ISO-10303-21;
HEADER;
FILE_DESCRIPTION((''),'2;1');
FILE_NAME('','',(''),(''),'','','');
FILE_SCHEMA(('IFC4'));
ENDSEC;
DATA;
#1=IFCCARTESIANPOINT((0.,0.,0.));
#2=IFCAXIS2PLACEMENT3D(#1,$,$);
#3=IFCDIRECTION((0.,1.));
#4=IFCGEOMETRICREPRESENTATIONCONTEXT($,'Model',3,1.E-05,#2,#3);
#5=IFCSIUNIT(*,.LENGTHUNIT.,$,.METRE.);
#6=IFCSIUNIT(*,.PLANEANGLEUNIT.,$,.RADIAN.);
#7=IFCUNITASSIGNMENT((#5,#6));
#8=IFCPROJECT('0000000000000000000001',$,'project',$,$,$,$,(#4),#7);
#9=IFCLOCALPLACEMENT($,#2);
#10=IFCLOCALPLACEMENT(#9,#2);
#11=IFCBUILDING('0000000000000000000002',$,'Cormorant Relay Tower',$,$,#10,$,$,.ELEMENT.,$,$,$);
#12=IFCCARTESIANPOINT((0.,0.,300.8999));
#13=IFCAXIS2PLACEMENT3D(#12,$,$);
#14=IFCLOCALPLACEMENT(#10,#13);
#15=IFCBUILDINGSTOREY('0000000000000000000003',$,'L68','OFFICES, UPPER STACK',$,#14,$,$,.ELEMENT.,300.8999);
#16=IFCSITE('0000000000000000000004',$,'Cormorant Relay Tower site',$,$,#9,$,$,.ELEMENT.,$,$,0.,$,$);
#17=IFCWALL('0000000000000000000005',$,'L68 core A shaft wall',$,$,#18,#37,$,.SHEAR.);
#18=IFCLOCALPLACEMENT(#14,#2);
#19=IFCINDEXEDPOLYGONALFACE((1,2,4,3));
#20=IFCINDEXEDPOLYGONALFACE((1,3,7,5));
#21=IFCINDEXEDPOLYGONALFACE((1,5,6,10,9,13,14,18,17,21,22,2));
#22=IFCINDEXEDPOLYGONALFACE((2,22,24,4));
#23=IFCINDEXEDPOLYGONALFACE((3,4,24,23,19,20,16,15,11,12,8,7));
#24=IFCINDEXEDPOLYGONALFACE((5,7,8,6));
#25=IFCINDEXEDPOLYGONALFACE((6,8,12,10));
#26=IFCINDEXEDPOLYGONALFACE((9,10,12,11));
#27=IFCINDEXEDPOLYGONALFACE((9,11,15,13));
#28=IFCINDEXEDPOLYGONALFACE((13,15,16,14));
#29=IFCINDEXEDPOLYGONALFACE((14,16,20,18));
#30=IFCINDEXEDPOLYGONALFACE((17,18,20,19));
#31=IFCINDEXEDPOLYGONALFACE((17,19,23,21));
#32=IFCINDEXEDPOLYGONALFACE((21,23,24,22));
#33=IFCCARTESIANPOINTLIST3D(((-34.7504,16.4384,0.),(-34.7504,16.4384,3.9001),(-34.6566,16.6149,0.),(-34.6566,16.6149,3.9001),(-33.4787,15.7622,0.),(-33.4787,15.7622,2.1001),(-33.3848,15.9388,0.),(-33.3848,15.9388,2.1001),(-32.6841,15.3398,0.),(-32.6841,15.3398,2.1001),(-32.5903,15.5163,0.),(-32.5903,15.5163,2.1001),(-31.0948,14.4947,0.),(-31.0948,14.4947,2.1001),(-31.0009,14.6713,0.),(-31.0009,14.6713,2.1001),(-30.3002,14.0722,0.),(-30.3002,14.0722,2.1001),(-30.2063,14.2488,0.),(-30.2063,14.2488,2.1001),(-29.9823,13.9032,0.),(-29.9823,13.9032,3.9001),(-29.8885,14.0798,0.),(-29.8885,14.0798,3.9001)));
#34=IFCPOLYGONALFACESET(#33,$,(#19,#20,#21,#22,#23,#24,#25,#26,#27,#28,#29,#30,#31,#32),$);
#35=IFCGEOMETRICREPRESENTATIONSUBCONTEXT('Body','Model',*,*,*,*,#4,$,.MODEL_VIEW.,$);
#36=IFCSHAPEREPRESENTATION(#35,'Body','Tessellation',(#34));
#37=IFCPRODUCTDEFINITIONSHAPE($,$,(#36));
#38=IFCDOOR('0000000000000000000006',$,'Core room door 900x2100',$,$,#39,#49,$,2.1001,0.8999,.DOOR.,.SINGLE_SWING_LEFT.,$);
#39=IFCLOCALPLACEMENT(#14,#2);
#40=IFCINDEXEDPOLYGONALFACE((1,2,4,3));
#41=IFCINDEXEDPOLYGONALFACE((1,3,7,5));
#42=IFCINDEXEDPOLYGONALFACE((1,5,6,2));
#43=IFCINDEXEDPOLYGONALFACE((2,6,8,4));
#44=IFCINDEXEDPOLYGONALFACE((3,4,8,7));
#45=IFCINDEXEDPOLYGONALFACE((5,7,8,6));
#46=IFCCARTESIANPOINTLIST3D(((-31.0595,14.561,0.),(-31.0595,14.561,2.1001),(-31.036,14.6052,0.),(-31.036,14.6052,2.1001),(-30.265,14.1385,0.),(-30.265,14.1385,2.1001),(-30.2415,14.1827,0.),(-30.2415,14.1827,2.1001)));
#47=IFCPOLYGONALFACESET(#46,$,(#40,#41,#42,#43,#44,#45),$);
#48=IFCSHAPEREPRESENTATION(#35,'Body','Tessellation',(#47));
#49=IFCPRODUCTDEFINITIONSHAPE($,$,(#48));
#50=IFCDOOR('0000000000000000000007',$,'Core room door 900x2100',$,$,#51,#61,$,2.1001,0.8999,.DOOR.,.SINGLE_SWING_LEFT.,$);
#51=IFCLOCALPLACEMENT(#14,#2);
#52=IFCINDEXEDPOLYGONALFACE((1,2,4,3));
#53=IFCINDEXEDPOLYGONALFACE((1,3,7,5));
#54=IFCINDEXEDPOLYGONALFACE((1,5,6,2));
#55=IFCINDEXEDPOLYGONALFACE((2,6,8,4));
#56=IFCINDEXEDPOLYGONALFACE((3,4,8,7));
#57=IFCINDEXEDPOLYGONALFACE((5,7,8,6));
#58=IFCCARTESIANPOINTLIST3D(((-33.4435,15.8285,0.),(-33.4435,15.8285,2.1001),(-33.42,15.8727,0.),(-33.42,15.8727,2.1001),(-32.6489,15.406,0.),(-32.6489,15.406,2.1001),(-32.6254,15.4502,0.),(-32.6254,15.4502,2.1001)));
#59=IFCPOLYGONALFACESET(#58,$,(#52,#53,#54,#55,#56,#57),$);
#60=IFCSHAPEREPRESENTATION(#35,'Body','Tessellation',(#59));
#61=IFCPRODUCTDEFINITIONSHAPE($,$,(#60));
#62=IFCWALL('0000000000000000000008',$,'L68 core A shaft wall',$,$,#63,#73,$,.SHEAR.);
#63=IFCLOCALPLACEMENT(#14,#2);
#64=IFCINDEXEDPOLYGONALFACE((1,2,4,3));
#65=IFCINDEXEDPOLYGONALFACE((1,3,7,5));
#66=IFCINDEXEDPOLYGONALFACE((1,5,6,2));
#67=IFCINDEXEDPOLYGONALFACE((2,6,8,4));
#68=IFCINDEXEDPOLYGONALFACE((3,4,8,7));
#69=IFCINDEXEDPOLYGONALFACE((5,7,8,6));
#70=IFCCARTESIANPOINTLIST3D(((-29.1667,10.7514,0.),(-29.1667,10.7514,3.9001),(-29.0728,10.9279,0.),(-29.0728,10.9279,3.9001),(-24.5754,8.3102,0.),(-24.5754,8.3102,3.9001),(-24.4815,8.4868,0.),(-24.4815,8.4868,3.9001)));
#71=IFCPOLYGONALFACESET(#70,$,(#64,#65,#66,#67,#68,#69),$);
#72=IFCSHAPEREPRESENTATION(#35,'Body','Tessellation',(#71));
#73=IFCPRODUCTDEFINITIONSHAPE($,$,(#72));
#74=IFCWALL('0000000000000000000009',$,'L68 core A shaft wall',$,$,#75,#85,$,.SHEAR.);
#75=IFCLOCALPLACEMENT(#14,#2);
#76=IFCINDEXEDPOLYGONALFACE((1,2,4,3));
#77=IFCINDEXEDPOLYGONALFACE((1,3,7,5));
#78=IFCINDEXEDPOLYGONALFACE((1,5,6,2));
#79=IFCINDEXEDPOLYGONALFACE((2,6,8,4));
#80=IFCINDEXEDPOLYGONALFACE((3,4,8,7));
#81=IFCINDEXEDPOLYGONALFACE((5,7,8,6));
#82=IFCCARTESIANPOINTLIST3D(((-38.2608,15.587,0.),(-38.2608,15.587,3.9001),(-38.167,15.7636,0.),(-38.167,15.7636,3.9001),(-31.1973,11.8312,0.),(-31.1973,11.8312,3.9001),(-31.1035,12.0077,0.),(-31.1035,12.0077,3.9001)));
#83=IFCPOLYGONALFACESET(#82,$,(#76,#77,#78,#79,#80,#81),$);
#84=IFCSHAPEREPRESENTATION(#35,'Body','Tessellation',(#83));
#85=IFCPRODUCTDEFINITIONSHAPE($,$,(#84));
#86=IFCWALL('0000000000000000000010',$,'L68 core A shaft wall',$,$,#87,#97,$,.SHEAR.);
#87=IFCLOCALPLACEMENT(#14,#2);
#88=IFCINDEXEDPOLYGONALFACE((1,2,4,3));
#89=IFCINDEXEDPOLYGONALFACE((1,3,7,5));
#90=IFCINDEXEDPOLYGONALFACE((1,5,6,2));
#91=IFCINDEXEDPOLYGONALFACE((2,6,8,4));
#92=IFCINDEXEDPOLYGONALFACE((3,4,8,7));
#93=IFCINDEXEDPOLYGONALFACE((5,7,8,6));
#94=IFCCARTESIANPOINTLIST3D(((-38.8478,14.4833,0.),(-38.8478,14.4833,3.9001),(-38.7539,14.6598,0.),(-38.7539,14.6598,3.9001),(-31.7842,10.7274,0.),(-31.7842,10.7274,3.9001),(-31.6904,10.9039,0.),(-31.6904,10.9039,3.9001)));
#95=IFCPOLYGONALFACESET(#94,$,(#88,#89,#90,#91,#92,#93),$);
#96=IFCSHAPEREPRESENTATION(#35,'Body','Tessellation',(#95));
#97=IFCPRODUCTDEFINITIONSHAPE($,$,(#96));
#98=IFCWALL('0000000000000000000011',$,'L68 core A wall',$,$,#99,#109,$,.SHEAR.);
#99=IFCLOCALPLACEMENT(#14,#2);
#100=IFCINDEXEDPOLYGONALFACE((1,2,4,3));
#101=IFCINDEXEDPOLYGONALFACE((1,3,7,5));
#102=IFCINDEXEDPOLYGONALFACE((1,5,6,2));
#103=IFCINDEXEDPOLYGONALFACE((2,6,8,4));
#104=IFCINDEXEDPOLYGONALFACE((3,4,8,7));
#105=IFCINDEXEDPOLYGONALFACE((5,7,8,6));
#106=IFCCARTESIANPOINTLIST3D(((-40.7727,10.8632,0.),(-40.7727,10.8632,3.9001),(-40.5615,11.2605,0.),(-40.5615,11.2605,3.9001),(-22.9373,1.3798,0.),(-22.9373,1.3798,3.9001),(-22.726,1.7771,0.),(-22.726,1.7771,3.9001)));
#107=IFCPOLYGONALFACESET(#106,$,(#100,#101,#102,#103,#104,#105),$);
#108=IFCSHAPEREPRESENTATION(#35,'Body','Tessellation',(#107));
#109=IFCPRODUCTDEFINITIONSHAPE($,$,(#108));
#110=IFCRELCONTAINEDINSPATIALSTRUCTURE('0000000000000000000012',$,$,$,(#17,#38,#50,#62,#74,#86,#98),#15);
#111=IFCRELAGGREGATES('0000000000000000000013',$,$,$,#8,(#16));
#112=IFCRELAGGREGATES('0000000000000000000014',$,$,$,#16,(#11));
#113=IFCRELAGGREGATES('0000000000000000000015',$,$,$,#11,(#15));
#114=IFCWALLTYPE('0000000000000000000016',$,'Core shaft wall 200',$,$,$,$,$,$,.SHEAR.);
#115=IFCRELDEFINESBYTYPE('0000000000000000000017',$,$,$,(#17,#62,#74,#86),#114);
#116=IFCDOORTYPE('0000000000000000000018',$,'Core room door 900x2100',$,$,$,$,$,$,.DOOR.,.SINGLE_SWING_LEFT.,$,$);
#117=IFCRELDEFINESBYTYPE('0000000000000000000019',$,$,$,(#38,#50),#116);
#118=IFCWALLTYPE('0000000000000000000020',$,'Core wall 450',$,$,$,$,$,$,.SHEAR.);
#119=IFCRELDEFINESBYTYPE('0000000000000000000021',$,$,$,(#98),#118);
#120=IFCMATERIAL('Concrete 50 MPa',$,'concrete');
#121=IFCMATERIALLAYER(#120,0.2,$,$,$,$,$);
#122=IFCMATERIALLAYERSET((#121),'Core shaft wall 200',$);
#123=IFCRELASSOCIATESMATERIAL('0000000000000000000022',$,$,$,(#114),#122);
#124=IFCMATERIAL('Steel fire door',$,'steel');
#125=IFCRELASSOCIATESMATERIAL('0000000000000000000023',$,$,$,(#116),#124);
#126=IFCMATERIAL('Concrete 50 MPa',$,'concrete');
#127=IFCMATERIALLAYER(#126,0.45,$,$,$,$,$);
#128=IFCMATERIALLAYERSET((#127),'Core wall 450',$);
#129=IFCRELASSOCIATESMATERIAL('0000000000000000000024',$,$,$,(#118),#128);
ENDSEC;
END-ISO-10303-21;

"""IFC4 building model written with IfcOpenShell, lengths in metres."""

from ifc_helpers import new_model, si_unit, direction, frame, frame_2d, origin, place, context, subcontext, project, spatial, rectangle, extrude, material, layer, layer_set, type_object, element, fill, save


model = new_model("IFC4")

# Units and contexts
model_context = context("Model", 3, precision=1e-05, world=origin(), true_north=direction((0.0, 1.0)))
body_context = subcontext(model_context, "Body", "Model", "MODEL_VIEW")
ifc_project = project(units=[si_unit("LENGTHUNIT", "METRE"), si_unit("PLANEANGLEUNIT", "RADIAN")], contexts=[model_context])

# Site, building, storey
site_placement = place(None, origin())
site = spatial("IfcSite", under=ifc_project, at=site_placement, Name="Cormorant Relay Tower site", CompositionType="ELEMENT", RefElevation=0.0)
building_placement = place(site_placement, origin())
building = spatial("IfcBuilding", under=site, at=building_placement, Name="Cormorant Relay Tower", CompositionType="ELEMENT")
storey_placement = place(building_placement, frame((0.0, 0.0, 300.8999)))
storey = spatial("IfcBuildingStorey", under=building, at=storey_placement, Name="L68", Description="OFFICES, UPPER STACK", CompositionType="ELEMENT", Elevation=300.8999)

# Shared definitions
ifc_material_1 = material(Name="Concrete 50 MPa", Category="concrete")
ifc_layer_1 = layer(ifc_material_1, 0.2)
ifc_layer_set_1 = layer_set([ifc_layer_1], Name="Core shaft wall 200")
wall_type_1 = type_object("IfcWallType", Name="Core shaft wall 200", PredefinedType="SHEAR", material=ifc_layer_set_1)

# Shared definitions
ifc_material_2 = material(Name="Steel fire door", Category="steel")
door_type_1 = type_object("IfcDoorType", Name="Core room door 900x2100", OperationType="SINGLE_SWING_LEFT", PredefinedType="DOOR", material=ifc_material_2)

# Wall, openings, doors
wall_1_placement = place(storey_placement, frame((-29.9353, 13.9915, 0.0), z_axis=(0.0, 0.0, 1.0), x_axis=(-0.882953, 0.469462, 0.0)))
wall_1 = element("IfcWall", 1, at=wall_1_placement, inside=storey, type_object=wall_type_1, Name="L68 core A shaft wall", PredefinedType="SHEAR", context=body_context, shape_type="SweptSolid", body=[
    extrude(rectangle(XDim=5.4001, YDim=0.2, at=frame_2d((2.7002, 0.0))), origin(), (0.0, 0.0, 1.0), 3.9001),
])
opening_1_placement = place(wall_1_placement, frame((0.3601, 0.0, 0.0)))
opening_1 = element("IfcOpeningElement", 2, at=opening_1_placement, cuts=wall_1, PredefinedType="OPENING", context=body_context, shape_type="SweptSolid", body=[
    extrude(rectangle(XDim=0.8999, YDim=2.1001, at=frame_2d((0.45, 1.05))), frame((0.0, 0.1099, 0.0), z_axis=(0.0, -1.0, 0.0), x_axis=(1.0, 0.0, 0.0)), (0.0, 0.0, 1.0), 0.22),
])
opening_2_placement = place(wall_1_placement, frame((3.0601, 0.0, 0.0)))
opening_2 = element("IfcOpeningElement", 3, at=opening_2_placement, cuts=wall_1, PredefinedType="OPENING", context=body_context, shape_type="SweptSolid", body=[
    extrude(rectangle(XDim=0.8999, YDim=2.1001, at=frame_2d((0.45, 1.05))), frame((0.0, 0.1099, 0.0), z_axis=(0.0, -1.0, 0.0), x_axis=(1.0, 0.0, 0.0)), (0.0, 0.0, 1.0), 0.22),
])
door_1_placement = place(opening_1_placement, origin())
door_1 = element("IfcDoor", 4, at=door_1_placement, inside=storey, type_object=door_type_1, Name="Core room door 900x2100", OperationType="SINGLE_SWING_LEFT", OverallHeight=2.1001, OverallWidth=0.8999, PredefinedType="DOOR", context=body_context, shape_type="SweptSolid", body=[
    extrude(rectangle(XDim=0.8999, YDim=2.1001, at=frame_2d((0.45, 1.05))), frame((0.0, 0.0249, 0.0), z_axis=(0.0, -1.0, 0.0), x_axis=(1.0, 0.0, 0.0)), (0.0, 0.0, 1.0), 0.05),
])
fill(opening_1, door_1)
door_2_placement = place(opening_2_placement, origin())
door_2 = element("IfcDoor", 5, at=door_2_placement, inside=storey, type_object=door_type_1, Name="Core room door 900x2100", OperationType="SINGLE_SWING_LEFT", OverallHeight=2.1001, OverallWidth=0.8999, PredefinedType="DOOR", context=body_context, shape_type="SweptSolid", body=[
    extrude(rectangle(XDim=0.8999, YDim=2.1001, at=frame_2d((0.45, 1.05))), frame((0.0, 0.0249, 0.0), z_axis=(0.0, -1.0, 0.0), x_axis=(1.0, 0.0, 0.0)), (0.0, 0.0, 1.0), 0.05),
])
fill(opening_2, door_2)

# Walls
wall_2_placement = place(storey_placement, frame((-24.5283, 8.3984, 0.0), z_axis=(0.0, 0.0, 1.0), x_axis=(-0.882954, 0.46946, 0.0)))
element("IfcWall", 6, at=wall_2_placement, inside=storey, type_object=wall_type_1, Name="L68 core A shaft wall", PredefinedType="SHEAR", context=body_context, shape_type="SweptSolid", body=[
    extrude(rectangle(XDim=5.2, YDim=0.2, at=frame_2d((2.6001, 0.0))), origin(), (0.0, 0.0, 1.0), 3.9001),
])
for number, where, z_axis, x_axis, name in (
    (7, (-31.1504, 11.9194, 0.0), (0.0, 0.0, 1.0), (-0.88294, 0.469485, 0.0), "L68 core A shaft wall"),
    (8, (-31.7373, 10.8157, 0.0), (0.0, 0.0, 1.0), (-0.88294, 0.469485, 0.0), "L68 core A shaft wall"),
):
    element("IfcWall", number, at=place(storey_placement, frame(where, z_axis=z_axis, x_axis=x_axis)), inside=storey, type_object=wall_type_1, Name=name, PredefinedType="SHEAR", context=body_context, shape_type="SweptSolid", body=[
        extrude(rectangle(XDim=8.0, YDim=0.2, at=frame_2d((4.0, 0.0))), origin(), (0.0, 0.0, 1.0), 3.9001),
    ])
ifc_material_3 = material(Name="Concrete 50 MPa", Category="concrete")
ifc_layer_2 = layer(ifc_material_3, 0.45)
ifc_layer_set_2 = layer_set([ifc_layer_2], Name="Core wall 450")
wall_type_2 = type_object("IfcWallType", Name="Core wall 450", PredefinedType="SHEAR", material=ifc_layer_set_2)
wall_3_placement = place(storey_placement, frame((-22.8315, 1.5784, 0.0), z_axis=(0.0, 0.0, 1.0), x_axis=(-0.882945, 0.469476, 0.0)))
element("IfcWall", 9, at=wall_3_placement, inside=storey, type_object=wall_type_2, Name="L68 core A wall", PredefinedType="SHEAR", context=body_context, shape_type="SweptSolid", body=[
    extrude(rectangle(XDim=20.2, YDim=0.45, at=frame_2d((10.1001, 0.0))), origin(), (0.0, 0.0, 1.0), 3.9001),
])

save(model, "model.ifc")
